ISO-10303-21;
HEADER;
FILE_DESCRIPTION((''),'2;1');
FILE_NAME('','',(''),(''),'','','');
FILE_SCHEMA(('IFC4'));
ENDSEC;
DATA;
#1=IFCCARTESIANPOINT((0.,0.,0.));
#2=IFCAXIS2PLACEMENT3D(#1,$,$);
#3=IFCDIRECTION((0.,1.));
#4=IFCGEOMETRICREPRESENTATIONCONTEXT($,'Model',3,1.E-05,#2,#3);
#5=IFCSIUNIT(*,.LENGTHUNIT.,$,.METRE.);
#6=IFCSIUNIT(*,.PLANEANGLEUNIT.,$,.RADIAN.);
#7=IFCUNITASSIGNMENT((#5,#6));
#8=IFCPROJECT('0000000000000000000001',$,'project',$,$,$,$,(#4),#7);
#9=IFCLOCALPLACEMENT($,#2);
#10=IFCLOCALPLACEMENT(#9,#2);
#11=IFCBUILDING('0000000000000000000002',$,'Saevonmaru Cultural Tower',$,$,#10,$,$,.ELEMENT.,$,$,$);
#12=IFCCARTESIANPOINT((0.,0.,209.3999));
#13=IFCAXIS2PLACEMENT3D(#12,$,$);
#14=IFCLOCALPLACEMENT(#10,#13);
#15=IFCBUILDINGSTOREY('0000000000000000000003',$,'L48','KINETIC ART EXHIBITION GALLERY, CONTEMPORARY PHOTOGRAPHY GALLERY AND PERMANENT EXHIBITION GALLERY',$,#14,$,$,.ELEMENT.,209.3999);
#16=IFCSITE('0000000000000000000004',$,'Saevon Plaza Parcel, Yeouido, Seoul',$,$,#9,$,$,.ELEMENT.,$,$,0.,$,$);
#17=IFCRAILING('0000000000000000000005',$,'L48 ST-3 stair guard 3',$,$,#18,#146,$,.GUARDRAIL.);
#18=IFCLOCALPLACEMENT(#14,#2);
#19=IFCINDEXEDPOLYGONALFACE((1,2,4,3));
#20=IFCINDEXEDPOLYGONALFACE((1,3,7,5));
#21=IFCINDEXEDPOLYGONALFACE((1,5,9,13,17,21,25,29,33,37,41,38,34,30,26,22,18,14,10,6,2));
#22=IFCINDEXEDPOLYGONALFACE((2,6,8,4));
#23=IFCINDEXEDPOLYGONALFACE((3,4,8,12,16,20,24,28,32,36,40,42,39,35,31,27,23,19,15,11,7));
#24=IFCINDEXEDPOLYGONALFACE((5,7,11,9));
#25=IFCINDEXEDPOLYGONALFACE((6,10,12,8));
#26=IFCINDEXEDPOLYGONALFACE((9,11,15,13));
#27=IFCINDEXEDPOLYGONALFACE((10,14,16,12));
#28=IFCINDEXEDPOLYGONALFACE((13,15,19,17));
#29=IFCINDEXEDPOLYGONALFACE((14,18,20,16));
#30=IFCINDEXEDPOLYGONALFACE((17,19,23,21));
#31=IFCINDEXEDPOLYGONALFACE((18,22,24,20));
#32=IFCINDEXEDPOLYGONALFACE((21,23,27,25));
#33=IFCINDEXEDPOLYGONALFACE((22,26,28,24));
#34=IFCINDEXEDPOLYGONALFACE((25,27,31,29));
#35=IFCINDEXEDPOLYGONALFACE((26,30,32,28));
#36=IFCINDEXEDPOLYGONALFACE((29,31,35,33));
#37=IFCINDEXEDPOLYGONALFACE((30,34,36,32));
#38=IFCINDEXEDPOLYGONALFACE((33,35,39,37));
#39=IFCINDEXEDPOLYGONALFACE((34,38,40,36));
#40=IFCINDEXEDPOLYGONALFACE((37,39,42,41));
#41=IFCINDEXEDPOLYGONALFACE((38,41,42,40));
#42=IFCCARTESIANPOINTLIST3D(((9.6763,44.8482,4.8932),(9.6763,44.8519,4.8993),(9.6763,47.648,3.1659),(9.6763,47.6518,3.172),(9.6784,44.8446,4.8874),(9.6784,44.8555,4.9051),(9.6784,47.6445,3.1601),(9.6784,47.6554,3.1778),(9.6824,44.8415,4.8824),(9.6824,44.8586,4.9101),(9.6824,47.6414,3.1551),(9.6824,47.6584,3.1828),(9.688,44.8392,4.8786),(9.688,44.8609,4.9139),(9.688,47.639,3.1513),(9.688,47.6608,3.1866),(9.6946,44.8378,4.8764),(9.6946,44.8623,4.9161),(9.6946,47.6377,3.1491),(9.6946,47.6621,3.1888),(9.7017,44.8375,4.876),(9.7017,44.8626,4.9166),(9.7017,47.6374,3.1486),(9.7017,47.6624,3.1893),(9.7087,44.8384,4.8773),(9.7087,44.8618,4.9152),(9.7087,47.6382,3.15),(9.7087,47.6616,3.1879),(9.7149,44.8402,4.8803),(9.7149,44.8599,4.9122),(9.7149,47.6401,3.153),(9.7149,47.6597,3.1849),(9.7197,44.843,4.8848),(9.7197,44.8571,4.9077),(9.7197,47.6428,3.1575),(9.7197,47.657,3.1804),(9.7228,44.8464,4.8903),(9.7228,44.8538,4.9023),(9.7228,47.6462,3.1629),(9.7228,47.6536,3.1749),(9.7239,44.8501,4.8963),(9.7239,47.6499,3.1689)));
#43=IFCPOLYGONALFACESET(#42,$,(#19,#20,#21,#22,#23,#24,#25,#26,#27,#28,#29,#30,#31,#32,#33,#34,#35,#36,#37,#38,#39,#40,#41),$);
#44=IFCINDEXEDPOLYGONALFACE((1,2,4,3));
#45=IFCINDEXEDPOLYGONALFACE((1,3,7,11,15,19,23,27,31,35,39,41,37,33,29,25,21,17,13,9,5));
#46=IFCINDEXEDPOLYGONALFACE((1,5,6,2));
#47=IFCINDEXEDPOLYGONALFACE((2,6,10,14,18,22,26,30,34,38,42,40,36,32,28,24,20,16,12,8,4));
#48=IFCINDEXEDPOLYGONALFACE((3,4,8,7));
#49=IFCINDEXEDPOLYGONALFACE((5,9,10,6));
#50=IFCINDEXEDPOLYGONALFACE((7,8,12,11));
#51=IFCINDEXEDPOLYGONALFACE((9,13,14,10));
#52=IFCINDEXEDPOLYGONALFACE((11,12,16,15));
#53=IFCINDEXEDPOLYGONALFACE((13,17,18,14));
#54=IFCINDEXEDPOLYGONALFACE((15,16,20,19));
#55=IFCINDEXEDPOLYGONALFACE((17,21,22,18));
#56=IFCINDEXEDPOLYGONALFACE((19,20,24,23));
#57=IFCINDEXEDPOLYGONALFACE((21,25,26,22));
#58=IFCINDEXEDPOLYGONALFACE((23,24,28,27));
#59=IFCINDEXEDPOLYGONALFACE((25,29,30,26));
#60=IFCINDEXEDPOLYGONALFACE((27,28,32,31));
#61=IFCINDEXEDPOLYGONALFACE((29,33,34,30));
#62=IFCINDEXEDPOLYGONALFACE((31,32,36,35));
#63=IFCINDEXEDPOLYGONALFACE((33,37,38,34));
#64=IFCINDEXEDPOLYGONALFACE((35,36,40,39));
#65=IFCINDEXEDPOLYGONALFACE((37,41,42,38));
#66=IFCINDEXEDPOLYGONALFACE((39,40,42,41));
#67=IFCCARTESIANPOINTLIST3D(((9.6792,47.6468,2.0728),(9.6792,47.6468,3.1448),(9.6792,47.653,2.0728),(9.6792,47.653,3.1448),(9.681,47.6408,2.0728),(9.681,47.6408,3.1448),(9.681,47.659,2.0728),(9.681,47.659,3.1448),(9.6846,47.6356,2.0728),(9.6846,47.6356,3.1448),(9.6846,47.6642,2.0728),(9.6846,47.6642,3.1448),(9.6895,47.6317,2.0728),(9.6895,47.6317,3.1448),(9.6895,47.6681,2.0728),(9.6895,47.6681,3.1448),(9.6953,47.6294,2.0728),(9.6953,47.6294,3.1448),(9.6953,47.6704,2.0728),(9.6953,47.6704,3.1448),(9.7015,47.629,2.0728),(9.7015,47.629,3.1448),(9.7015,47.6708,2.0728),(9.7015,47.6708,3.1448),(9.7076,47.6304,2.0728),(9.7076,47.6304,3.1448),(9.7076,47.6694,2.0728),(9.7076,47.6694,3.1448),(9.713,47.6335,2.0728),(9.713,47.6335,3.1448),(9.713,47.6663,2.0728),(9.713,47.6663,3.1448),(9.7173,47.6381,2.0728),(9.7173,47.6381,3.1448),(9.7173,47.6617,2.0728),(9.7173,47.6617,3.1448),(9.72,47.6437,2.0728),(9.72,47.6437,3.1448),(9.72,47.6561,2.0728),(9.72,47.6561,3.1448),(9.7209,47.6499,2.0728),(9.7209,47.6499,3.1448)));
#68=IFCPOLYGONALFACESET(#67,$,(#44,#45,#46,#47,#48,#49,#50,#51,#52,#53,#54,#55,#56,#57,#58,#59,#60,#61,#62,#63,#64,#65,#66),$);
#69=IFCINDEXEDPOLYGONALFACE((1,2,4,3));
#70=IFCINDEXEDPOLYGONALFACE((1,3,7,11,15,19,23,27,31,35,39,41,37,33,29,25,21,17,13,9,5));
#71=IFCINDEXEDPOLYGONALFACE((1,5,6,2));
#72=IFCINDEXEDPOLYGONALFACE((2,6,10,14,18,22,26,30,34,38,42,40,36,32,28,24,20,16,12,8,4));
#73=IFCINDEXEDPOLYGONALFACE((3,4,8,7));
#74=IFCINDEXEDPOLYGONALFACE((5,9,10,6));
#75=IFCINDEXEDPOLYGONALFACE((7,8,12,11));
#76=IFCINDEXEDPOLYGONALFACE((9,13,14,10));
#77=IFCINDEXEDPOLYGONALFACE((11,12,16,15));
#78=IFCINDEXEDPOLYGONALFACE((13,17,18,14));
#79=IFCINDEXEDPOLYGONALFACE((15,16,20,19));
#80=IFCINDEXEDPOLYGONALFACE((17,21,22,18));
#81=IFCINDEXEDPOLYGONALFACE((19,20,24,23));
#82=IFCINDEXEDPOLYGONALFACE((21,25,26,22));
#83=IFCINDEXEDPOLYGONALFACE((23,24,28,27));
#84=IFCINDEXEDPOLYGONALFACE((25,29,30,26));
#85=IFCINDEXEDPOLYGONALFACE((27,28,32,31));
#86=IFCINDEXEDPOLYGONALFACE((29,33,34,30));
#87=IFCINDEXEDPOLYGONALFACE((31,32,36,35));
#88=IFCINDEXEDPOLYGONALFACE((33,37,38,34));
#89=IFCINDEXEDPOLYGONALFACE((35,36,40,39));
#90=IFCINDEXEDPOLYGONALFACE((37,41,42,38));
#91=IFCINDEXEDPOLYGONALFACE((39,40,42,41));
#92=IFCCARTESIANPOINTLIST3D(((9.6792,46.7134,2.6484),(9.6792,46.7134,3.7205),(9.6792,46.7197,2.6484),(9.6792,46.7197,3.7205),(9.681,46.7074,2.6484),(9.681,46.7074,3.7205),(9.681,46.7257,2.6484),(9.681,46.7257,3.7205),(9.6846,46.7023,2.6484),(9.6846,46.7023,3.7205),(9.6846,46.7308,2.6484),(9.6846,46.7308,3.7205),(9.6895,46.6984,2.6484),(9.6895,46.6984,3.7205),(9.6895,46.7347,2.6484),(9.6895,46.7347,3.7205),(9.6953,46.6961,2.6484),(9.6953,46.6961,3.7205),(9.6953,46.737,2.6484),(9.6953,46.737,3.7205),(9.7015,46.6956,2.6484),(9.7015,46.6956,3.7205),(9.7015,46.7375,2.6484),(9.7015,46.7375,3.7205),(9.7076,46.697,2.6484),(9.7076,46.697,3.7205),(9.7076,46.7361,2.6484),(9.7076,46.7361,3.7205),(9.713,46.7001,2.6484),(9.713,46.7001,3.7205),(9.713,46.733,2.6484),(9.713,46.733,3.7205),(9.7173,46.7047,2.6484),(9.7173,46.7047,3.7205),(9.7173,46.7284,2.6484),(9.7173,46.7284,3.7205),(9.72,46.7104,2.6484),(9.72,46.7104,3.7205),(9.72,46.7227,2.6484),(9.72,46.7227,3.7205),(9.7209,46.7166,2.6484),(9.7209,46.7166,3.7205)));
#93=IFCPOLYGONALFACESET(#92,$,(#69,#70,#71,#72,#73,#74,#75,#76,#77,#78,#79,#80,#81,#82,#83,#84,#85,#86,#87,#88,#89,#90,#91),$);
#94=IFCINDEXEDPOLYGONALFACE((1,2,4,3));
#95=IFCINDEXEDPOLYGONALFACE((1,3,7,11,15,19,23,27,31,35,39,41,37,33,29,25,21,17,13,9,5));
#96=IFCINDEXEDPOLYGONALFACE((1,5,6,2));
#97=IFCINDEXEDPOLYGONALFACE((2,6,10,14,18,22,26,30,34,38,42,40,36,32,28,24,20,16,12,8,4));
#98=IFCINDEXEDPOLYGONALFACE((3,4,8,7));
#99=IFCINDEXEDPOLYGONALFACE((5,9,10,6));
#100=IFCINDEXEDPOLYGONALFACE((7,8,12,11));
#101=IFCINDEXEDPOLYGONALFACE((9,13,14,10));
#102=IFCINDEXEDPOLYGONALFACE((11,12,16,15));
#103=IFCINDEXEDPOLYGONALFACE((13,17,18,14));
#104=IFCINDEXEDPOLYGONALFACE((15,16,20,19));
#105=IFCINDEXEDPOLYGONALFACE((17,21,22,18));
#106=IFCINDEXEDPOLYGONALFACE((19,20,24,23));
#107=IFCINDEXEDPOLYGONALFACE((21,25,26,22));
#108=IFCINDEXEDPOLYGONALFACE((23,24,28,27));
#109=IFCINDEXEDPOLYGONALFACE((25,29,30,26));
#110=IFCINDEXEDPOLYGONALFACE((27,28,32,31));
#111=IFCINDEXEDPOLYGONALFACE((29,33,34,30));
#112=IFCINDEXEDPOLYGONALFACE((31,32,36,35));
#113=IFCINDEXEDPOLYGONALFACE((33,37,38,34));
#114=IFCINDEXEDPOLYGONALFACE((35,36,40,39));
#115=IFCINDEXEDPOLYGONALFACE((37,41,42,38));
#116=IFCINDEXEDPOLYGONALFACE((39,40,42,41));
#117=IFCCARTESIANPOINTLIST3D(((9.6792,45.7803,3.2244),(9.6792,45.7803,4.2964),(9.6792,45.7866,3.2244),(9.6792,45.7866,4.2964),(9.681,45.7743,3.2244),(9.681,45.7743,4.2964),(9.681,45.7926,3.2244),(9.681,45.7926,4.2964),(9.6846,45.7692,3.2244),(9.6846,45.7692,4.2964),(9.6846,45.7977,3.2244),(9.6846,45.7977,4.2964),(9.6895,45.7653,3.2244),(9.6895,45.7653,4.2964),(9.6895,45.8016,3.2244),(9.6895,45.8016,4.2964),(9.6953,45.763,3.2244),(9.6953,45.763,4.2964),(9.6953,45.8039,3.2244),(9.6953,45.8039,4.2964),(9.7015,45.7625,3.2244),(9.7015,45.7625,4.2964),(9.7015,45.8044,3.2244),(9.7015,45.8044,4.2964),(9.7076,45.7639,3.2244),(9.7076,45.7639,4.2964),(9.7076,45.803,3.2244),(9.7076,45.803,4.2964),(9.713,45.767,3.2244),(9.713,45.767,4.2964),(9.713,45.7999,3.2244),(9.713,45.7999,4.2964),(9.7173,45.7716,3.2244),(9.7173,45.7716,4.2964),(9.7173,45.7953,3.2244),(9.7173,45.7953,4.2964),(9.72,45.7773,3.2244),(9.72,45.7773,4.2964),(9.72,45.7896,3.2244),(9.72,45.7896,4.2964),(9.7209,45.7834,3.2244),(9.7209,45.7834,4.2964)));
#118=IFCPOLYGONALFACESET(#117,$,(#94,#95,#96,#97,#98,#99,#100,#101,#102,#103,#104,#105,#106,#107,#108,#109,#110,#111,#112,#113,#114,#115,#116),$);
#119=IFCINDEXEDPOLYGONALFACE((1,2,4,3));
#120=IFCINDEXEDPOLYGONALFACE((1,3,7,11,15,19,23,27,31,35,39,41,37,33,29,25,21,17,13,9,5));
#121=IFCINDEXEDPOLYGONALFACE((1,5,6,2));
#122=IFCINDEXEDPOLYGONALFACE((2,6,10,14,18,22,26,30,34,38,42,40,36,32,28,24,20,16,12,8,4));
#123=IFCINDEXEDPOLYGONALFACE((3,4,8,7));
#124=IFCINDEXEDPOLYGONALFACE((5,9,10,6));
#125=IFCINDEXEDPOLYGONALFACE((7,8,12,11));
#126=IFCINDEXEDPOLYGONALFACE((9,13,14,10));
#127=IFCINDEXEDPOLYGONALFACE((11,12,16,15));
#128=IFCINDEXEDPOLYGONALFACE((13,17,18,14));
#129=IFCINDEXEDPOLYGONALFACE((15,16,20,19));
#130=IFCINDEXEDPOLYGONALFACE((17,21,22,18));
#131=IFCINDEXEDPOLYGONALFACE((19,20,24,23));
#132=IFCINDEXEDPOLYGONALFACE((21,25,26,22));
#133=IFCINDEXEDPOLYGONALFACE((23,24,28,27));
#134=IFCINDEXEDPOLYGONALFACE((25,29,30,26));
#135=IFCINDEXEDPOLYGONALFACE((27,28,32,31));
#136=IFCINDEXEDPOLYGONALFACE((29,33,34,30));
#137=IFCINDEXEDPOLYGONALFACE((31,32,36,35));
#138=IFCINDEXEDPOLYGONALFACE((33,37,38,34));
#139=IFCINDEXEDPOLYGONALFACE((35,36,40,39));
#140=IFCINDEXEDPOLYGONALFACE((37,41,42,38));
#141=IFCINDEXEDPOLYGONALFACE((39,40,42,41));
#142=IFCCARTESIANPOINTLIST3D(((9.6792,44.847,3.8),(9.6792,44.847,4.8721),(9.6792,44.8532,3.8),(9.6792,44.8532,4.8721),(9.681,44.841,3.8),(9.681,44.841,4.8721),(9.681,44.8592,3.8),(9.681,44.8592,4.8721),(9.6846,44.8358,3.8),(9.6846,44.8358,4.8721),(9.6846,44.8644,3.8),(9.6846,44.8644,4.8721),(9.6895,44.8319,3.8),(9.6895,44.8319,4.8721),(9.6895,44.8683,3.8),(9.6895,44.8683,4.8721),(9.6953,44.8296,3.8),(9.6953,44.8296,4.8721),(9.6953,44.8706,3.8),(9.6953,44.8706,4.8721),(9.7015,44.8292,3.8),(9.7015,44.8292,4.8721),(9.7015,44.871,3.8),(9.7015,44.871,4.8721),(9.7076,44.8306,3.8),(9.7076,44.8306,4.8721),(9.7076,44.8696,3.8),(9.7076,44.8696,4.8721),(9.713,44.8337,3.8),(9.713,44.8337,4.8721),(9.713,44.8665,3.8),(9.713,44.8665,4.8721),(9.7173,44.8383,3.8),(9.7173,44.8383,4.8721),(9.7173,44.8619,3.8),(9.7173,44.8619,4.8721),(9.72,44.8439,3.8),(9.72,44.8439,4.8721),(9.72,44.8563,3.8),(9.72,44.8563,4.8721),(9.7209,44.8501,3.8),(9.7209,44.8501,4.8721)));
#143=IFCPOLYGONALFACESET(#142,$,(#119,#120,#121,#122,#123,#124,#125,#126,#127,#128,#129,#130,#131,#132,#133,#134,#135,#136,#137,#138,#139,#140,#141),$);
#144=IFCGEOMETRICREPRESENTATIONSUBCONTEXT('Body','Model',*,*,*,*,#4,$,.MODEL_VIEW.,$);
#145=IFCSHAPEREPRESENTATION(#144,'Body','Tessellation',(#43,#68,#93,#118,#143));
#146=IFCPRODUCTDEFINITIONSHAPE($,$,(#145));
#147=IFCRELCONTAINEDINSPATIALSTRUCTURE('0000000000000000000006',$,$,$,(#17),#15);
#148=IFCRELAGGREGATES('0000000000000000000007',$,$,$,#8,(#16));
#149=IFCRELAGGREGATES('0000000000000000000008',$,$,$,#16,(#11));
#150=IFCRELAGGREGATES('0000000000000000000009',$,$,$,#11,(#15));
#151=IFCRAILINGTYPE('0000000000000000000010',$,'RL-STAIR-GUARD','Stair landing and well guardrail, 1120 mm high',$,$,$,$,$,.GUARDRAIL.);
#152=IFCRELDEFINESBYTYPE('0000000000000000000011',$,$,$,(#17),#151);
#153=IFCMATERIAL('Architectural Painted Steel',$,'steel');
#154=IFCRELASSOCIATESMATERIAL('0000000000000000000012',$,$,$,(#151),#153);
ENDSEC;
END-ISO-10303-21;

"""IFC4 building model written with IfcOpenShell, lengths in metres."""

from ifc_helpers import new_model, si_unit, direction, frame, origin, origin_2d, place, context, subcontext, project, spatial, circle, extrude, material, type_object, element, save


model = new_model("IFC4")

# Units and contexts
model_context = context("Model", 3, precision=1e-05, world=origin(), true_north=direction((0.0, 1.0)))
body_context = subcontext(model_context, "Body", "Model", "MODEL_VIEW")
ifc_project = project(units=[si_unit("LENGTHUNIT", "METRE"), si_unit("PLANEANGLEUNIT", "RADIAN")], contexts=[model_context])

# Site, building, storey
site_placement = place(None, origin())
site = spatial("IfcSite", under=ifc_project, at=site_placement, Name="Saevon Plaza Parcel, Yeouido, Seoul", CompositionType="ELEMENT", RefElevation=0.0)
building_placement = place(site_placement, origin())
building = spatial("IfcBuilding", under=site, at=building_placement, Name="Saevonmaru Cultural Tower", CompositionType="ELEMENT")
storey_placement = place(building_placement, frame((0.0, 0.0, 209.3999)))
storey = spatial("IfcBuildingStorey", under=building, at=storey_placement, Name="L48", Description="KINETIC ART EXHIBITION GALLERY, CONTEMPORARY PHOTOGRAPHY GALLERY AND PERMANENT EXHIBITION GALLERY", CompositionType="ELEMENT", Elevation=209.3999)

# Railing
ifc_material_1 = material(Name="Architectural Painted Steel", Category="steel")
railing_type_1 = type_object("IfcRailingType", Name="RL-STAIR-GUARD", Description="Stair landing and well guardrail, 1120 mm high", PredefinedType="GUARDRAIL", material=ifc_material_1)
railing_1_placement = place(storey_placement, frame((9.7, 47.6499, 2.0728)))
element("IfcRailing", 1, at=railing_1_placement, inside=storey, type_object=railing_type_1, Name="L48 ST-3 stair guard 3", PredefinedType="GUARDRAIL", context=body_context, shape_type="SweptSolid", body=[
    extrude(circle(Radius=0.0239, at=origin_2d()), frame((0.0, 0.0, 1.0962), z_axis=(0.0, -0.851069, 0.525054), x_axis=(1.0, 0.0, 0.0)), (0.0, 0.0, 1.0), 3.2898),
    extrude(circle(Radius=0.021, at=origin_2d()), origin(), (0.0, 0.0, 1.0), 1.072),
    extrude(circle(Radius=0.021, at=origin_2d()), frame((0.0, -0.9333, 0.5757)), (0.0, 0.0, 1.0), 1.072),
    extrude(circle(Radius=0.021, at=origin_2d()), frame((0.0, -1.8665, 1.1516)), (0.0, 0.0, 1.0), 1.072),
    extrude(circle(Radius=0.021, at=origin_2d()), frame((0.0, -2.7998, 1.7273)), (0.0, 0.0, 1.0), 1.072),
])

save(model, "model.ifc")
